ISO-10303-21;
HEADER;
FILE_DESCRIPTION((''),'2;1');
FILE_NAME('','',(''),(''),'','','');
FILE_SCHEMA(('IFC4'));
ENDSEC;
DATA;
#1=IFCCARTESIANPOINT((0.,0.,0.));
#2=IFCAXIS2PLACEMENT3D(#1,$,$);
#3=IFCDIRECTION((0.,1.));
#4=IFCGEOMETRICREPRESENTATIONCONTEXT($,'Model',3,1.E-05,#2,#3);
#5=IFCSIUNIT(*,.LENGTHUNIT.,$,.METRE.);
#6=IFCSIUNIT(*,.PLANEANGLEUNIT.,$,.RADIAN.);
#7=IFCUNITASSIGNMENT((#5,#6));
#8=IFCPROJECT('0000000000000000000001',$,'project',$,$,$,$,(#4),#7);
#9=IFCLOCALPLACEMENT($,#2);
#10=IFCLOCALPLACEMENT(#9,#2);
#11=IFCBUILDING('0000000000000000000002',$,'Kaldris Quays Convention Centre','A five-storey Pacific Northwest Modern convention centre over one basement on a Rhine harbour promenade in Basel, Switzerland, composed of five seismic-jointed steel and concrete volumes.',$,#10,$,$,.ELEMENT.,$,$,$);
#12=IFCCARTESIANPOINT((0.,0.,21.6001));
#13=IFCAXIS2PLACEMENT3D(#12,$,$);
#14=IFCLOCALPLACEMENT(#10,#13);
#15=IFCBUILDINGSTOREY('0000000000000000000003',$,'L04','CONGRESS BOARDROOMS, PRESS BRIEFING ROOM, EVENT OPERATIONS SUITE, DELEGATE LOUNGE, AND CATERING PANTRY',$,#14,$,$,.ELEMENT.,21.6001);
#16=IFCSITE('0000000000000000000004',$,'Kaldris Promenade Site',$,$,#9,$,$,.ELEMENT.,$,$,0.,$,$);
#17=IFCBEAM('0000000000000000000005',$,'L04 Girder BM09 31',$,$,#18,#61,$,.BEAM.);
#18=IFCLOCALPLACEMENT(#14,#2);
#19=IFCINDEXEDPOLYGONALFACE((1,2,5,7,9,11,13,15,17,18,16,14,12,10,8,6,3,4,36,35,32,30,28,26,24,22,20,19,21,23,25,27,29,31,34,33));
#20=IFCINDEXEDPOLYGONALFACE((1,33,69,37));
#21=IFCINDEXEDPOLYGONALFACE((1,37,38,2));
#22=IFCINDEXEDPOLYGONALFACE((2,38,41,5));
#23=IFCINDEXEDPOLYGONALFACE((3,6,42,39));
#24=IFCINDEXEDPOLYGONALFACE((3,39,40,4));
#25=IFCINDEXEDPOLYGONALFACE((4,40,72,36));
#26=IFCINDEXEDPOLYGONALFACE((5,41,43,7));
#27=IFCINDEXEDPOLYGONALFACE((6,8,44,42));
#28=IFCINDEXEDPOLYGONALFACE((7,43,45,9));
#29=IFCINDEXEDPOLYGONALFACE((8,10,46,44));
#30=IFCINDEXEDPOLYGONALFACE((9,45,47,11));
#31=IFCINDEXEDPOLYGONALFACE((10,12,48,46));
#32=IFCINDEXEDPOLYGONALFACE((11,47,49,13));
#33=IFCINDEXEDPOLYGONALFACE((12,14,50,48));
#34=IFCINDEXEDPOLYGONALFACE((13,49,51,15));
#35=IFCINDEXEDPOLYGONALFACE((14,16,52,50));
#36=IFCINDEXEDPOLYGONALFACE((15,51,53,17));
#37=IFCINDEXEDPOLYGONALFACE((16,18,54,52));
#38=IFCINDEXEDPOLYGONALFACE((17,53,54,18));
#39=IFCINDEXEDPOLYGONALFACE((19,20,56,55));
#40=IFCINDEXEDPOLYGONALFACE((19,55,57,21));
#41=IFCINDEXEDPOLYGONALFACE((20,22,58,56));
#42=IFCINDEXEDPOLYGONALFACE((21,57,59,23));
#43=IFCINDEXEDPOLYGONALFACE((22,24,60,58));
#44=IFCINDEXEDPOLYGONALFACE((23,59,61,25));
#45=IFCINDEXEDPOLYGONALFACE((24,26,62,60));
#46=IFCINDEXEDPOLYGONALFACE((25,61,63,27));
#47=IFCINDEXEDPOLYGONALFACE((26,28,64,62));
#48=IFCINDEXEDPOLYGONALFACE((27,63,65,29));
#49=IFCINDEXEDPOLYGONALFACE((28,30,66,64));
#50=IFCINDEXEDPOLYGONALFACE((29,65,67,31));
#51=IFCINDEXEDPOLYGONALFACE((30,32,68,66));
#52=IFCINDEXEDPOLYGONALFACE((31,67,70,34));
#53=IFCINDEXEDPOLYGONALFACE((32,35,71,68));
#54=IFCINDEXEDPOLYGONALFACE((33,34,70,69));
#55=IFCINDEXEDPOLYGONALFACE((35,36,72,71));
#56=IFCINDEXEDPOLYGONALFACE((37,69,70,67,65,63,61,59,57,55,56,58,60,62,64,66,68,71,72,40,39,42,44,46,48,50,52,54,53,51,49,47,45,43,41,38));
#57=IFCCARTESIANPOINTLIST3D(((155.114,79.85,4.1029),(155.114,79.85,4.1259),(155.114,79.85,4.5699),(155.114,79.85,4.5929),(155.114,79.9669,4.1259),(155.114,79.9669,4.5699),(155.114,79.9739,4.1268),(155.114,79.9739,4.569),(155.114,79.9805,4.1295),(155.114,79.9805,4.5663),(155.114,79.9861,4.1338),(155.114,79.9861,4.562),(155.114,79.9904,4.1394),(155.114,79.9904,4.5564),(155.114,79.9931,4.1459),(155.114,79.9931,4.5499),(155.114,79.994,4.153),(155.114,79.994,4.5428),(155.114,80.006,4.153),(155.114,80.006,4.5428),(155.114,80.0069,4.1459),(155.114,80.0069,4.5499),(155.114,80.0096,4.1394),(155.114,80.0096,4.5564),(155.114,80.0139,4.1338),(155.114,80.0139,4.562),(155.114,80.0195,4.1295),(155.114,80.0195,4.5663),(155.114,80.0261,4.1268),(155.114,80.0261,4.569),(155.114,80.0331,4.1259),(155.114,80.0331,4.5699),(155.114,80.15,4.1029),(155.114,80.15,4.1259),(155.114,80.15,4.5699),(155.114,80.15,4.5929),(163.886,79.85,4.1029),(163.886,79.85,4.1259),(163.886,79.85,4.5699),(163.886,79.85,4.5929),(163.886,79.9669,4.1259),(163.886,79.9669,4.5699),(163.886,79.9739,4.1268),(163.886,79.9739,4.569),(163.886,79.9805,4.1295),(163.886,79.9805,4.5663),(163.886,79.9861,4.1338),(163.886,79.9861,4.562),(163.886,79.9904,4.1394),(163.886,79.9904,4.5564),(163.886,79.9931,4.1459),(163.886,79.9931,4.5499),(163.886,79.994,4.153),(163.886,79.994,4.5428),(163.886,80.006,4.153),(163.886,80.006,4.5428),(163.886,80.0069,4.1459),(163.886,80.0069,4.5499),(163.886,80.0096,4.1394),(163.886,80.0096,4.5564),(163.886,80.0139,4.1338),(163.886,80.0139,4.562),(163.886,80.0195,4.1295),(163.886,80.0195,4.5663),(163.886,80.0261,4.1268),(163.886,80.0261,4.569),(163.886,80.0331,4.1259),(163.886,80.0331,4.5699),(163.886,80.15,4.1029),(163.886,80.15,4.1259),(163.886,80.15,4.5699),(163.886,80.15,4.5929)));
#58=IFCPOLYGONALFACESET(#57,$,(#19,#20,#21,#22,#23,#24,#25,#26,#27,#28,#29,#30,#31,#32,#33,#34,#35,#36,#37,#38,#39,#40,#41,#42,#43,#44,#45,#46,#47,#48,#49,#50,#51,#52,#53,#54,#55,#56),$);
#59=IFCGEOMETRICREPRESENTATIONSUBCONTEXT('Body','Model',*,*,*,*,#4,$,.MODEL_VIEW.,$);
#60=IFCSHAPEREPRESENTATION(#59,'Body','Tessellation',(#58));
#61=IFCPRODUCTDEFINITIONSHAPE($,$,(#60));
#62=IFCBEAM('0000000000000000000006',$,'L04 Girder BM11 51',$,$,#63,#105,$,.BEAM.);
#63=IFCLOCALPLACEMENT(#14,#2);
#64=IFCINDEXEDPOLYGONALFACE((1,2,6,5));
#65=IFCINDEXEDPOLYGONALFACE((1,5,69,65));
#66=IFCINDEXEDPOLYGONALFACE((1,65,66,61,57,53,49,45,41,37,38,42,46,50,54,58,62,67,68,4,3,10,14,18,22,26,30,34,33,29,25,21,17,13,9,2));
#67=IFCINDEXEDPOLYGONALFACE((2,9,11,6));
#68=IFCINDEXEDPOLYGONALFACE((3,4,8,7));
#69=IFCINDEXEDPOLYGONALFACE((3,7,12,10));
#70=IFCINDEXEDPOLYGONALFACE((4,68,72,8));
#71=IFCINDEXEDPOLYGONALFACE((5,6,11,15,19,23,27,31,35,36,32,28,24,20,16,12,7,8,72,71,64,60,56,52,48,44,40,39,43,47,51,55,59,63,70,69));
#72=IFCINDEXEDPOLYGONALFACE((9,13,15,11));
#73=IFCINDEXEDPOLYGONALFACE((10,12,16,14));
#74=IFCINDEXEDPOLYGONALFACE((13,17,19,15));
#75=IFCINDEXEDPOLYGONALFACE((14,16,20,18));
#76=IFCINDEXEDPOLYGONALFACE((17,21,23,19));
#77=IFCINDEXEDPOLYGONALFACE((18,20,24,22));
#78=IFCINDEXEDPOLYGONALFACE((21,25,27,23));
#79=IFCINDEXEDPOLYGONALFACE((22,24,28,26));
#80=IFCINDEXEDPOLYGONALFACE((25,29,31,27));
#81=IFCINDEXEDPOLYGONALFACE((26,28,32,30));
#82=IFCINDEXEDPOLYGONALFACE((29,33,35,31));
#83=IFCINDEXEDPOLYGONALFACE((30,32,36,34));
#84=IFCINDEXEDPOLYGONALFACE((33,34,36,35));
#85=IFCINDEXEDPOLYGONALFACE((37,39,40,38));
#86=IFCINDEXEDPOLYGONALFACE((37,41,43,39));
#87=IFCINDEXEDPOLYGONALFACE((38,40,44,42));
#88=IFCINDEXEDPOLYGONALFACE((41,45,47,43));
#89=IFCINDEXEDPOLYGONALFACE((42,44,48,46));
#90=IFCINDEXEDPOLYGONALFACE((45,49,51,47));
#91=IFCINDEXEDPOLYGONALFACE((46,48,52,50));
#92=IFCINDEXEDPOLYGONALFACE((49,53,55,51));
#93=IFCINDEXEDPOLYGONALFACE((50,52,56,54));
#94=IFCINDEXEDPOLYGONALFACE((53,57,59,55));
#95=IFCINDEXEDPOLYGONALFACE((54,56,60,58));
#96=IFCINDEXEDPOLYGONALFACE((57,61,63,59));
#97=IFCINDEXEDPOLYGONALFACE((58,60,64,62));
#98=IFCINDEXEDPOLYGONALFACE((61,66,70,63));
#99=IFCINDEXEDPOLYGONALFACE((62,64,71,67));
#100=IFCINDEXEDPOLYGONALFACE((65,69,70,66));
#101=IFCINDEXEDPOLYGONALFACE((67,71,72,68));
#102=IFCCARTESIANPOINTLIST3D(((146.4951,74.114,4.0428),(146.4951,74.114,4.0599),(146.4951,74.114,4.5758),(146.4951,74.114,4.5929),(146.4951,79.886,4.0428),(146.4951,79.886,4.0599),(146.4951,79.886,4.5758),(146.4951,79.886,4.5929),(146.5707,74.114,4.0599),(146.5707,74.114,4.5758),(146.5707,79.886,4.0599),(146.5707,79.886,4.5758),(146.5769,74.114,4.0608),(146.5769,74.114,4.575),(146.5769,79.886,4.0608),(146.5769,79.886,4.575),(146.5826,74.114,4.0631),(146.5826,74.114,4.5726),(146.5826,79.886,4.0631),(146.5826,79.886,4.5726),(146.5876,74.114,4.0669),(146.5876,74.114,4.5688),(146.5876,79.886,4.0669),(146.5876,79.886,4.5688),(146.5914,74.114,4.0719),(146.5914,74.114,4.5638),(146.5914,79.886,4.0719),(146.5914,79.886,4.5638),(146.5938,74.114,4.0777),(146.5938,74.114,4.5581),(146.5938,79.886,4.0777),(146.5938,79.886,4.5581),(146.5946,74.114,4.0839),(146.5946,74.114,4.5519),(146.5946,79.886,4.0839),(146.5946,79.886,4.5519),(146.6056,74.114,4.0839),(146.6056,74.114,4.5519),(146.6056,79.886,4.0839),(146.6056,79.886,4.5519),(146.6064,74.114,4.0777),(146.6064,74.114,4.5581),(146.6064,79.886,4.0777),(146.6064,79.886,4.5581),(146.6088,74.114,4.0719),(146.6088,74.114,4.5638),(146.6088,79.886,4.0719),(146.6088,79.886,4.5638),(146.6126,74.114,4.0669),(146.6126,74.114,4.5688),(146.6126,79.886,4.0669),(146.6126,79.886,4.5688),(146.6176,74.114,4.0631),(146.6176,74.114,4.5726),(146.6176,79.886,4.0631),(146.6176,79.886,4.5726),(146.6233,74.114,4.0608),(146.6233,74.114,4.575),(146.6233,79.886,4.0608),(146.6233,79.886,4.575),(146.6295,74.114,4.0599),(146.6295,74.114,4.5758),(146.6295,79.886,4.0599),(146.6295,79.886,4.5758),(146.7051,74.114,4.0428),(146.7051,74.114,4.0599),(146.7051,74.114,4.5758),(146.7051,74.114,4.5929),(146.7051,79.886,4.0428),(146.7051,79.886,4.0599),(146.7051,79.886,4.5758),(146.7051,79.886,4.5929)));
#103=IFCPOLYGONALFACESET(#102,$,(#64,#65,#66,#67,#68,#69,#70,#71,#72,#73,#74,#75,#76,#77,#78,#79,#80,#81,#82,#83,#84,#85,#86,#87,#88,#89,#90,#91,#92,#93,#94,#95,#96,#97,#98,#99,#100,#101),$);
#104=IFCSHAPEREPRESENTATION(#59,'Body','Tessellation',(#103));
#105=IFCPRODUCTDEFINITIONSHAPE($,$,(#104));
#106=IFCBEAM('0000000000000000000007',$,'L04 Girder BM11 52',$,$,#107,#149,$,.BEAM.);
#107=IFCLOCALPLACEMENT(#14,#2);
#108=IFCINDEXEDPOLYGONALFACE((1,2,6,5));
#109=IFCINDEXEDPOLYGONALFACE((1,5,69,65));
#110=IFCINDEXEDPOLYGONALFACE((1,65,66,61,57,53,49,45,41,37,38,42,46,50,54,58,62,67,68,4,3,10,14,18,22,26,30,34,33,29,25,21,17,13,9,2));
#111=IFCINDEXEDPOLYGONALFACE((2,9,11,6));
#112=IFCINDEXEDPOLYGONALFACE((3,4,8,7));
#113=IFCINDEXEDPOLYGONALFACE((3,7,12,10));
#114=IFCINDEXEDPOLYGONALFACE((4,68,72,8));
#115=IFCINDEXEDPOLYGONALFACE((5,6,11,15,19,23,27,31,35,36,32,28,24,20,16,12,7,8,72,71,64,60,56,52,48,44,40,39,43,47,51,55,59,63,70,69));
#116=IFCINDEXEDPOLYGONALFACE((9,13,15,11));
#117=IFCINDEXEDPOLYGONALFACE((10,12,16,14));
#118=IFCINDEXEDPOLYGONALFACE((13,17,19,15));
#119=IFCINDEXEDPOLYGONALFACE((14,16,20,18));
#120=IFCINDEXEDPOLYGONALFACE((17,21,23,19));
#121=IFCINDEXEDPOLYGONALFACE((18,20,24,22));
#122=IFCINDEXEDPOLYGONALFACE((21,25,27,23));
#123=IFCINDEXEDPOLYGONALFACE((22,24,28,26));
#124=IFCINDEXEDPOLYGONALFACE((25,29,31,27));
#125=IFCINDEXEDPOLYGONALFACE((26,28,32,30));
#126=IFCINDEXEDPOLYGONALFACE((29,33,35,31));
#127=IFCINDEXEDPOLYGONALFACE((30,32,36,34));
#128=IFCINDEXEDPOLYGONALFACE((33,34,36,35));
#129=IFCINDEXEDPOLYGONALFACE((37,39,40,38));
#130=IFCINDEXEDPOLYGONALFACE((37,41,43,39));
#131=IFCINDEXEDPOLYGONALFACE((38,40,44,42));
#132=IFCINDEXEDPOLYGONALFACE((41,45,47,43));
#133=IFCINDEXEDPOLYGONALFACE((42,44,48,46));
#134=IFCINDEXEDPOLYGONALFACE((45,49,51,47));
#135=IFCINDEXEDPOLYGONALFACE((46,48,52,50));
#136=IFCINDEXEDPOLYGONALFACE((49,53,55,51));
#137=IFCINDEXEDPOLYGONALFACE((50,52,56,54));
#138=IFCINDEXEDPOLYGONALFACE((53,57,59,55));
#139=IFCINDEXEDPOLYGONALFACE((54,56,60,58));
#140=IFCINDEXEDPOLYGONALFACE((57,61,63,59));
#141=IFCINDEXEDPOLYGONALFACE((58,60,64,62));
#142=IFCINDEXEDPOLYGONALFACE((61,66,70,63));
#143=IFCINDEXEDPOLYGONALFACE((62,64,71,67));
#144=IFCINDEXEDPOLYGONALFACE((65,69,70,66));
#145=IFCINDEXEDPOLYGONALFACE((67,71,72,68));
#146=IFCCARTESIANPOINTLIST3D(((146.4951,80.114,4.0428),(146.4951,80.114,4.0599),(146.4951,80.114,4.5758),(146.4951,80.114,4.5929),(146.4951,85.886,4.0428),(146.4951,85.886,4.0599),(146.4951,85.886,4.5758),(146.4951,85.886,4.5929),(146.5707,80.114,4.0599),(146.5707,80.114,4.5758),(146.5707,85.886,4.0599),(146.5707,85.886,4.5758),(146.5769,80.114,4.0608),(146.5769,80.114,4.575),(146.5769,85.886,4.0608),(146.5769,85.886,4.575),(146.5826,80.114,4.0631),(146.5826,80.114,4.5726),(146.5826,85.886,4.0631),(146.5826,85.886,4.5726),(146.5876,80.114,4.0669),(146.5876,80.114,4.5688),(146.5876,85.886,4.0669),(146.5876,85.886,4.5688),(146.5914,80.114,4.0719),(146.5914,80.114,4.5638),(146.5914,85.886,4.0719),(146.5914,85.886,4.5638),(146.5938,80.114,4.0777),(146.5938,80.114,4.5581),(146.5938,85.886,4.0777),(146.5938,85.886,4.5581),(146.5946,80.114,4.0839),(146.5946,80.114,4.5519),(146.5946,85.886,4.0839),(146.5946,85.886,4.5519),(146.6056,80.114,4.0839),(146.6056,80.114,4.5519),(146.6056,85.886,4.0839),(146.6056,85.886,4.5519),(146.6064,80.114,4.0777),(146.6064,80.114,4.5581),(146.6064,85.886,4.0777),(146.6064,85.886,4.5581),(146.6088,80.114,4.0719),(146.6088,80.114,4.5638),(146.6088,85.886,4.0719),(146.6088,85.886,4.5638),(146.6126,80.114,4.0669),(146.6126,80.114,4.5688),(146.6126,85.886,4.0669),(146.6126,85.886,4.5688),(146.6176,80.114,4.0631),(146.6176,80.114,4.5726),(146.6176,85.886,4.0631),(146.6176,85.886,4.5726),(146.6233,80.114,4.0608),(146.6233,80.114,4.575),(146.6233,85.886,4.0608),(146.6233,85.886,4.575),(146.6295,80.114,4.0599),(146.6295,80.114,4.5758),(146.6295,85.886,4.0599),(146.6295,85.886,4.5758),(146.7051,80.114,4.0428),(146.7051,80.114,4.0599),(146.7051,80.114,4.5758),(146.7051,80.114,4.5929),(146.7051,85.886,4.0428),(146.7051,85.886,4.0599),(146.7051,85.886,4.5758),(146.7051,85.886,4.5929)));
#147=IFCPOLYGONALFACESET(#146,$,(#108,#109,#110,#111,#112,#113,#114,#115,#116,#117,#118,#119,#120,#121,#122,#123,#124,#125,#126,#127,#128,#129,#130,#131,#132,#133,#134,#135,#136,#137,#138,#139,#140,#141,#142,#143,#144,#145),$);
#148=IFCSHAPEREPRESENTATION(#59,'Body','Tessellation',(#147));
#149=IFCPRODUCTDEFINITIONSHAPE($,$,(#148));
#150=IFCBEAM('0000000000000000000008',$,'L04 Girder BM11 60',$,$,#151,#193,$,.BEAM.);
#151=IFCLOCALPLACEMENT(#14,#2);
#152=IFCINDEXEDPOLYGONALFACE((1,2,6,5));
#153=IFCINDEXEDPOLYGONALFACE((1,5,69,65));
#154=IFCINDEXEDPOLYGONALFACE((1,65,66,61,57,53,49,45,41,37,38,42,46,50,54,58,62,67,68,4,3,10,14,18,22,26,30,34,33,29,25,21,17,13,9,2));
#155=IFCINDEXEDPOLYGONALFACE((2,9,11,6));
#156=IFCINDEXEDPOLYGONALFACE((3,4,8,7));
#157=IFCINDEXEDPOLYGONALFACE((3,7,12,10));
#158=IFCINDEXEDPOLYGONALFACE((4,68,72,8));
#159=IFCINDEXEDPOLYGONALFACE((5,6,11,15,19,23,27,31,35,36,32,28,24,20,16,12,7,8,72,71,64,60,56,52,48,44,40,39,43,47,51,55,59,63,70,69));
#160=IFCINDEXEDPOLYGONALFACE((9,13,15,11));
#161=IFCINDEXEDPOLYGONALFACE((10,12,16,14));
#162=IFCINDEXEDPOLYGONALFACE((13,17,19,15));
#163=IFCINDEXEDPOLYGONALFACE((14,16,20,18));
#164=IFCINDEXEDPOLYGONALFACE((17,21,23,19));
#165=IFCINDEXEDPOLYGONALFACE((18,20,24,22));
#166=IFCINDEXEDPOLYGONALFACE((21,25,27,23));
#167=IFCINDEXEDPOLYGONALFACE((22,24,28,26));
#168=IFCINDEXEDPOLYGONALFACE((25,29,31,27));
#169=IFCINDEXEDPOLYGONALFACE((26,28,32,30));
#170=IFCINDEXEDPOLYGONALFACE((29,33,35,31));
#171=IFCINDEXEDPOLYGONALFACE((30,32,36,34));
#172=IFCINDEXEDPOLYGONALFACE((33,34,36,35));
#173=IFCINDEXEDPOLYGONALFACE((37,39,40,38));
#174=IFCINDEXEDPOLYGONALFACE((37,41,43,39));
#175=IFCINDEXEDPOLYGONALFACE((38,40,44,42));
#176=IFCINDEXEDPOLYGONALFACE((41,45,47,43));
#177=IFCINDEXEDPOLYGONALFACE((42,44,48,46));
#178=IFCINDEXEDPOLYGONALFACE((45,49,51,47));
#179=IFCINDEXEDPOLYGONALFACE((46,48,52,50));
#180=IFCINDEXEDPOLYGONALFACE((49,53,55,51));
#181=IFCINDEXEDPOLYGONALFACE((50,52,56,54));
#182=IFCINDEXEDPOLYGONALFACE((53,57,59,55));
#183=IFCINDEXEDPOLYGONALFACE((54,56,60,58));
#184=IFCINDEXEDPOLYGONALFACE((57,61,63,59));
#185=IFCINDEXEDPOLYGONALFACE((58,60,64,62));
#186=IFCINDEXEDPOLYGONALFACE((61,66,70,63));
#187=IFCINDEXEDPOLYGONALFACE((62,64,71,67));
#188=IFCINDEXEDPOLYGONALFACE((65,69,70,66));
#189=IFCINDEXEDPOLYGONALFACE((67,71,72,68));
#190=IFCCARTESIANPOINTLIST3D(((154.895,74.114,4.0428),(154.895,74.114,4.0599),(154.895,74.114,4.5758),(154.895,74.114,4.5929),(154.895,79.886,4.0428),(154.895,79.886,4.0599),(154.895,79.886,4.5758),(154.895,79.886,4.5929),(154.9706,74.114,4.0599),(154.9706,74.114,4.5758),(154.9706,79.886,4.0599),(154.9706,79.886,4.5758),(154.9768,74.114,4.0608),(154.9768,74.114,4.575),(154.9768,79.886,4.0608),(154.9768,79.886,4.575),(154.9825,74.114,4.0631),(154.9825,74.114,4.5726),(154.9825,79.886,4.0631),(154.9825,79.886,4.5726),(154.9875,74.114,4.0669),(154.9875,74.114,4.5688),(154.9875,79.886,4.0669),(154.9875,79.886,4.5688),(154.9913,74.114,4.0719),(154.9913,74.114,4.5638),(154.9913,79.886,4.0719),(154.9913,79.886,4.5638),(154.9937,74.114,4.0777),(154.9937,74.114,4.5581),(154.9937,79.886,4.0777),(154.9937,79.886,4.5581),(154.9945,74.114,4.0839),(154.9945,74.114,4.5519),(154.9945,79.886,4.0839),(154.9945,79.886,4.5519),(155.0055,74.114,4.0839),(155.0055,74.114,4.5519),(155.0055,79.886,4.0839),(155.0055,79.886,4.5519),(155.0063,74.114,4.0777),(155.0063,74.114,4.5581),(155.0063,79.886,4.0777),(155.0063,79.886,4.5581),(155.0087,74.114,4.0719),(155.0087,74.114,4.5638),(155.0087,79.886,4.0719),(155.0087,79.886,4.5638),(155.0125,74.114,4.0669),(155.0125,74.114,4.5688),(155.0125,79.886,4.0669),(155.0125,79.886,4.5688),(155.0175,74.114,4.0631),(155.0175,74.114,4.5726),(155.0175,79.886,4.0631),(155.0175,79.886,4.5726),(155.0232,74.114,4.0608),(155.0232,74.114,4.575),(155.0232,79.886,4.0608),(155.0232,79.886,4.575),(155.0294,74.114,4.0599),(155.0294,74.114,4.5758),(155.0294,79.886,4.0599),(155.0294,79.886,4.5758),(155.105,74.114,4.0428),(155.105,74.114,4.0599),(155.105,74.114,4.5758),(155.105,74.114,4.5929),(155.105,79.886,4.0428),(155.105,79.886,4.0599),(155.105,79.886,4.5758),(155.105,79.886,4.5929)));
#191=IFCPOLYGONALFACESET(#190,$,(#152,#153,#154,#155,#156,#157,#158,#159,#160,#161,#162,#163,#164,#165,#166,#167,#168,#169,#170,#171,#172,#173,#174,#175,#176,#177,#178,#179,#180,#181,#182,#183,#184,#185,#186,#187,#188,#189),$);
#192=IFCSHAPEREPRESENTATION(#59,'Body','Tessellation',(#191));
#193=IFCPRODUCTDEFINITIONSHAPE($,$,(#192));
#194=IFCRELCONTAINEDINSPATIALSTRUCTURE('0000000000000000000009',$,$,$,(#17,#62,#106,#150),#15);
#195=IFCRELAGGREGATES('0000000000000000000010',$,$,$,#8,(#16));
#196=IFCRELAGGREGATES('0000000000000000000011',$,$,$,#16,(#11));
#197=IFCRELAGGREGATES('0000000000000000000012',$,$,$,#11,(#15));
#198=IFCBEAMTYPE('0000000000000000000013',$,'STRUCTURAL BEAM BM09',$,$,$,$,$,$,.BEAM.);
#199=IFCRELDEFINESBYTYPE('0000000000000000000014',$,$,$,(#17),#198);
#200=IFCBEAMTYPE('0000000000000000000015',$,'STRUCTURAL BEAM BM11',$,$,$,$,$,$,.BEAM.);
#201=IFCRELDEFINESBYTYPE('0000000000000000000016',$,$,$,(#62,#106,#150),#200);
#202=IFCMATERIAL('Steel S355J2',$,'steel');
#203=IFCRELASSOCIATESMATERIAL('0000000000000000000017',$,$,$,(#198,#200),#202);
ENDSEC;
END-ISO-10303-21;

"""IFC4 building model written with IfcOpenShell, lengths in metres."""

from ifc_helpers import new_model, si_unit, direction, frame, origin, origin_2d, place, context, subcontext, project, spatial, i_section, extrude, material, material_profile, profile_set, type_object, element, save


model = new_model("IFC4")

# Units and contexts
model_context = context("Model", 3, precision=1e-05, world=origin(), true_north=direction((0.0, 1.0)))
body_context = subcontext(model_context, "Body", "Model", "MODEL_VIEW")
ifc_project = project(units=[si_unit("LENGTHUNIT", "METRE"), si_unit("PLANEANGLEUNIT", "RADIAN")], contexts=[model_context])

# Site, building, storey
site_placement = place(None, origin())
site = spatial("IfcSite", under=ifc_project, at=site_placement, Name="Kaldris Promenade Site", CompositionType="ELEMENT", RefElevation=0.0)
building_placement = place(site_placement, origin())
building = spatial("IfcBuilding", under=site, at=building_placement, Name="Kaldris Quays Convention Centre", Description="A five-storey Pacific Northwest Modern convention centre over one basement on a Rhine harbour promenade in Basel, Switzerland, composed of five seismic-jointed steel and concrete volumes.", CompositionType="ELEMENT")
storey_placement = place(building_placement, frame((0.0, 0.0, 21.6001)))
storey = spatial("IfcBuildingStorey", under=building, at=storey_placement, Name="L04", Description="CONGRESS BOARDROOMS, PRESS BRIEFING ROOM, EVENT OPERATIONS SUITE, DELEGATE LOUNGE, AND CATERING PANTRY", CompositionType="ELEMENT", Elevation=21.6001)

# Shared definitions
ifc_material_1 = material(Name="Steel S355J2", Category="steel")

# Beams
ifc_material_profile_1 = material_profile(ifc_material_1, i_section(OverallWidth=0.3, OverallDepth=0.49, WebThickness=0.012, FlangeThickness=0.0229, FilletRadius=0.0271, at=origin_2d()), Name="HEA 500")
ifc_profile_set_1 = profile_set([ifc_material_profile_1], Name="Steel S355J2")
beam_type_1 = type_object("IfcBeamType", Name="STRUCTURAL BEAM BM09", PredefinedType="BEAM", material=ifc_profile_set_1)
for number, where, z_axis, x_axis, name in (
    (1, (155.114, 80.0, 4.3479), (1.0, 0.0, 0.0), (0.0, 1.0, 0.0), "L04 Girder BM09 31"),
):
    element("IfcBeam", number, at=place(storey_placement, frame(where, z_axis=z_axis, x_axis=x_axis)), inside=storey, type_object=beam_type_1, Name=name, PredefinedType="BEAM", context=body_context, shape_type="SweptSolid", body=[
        extrude(i_section(OverallWidth=0.3, OverallDepth=0.49, WebThickness=0.012, FlangeThickness=0.0229, FilletRadius=0.0271, at=origin_2d()), origin(), (0.0, 0.0, 1.0), 8.772),
    ])
ifc_material_profile_2 = material_profile(ifc_material_1, i_section(OverallWidth=0.21, OverallDepth=0.55, WebThickness=0.011, FlangeThickness=0.0171, FilletRadius=0.0239, at=origin_2d()), Name="IPE 550")
ifc_profile_set_2 = profile_set([ifc_material_profile_2], Name="Steel S355J2")
beam_type_2 = type_object("IfcBeamType", Name="STRUCTURAL BEAM BM11", PredefinedType="BEAM", material=ifc_profile_set_2)
for number, where, z_axis, x_axis, name in (
    (2, (146.6001, 74.114, 4.3179), (0.0, 1.0, 0.0), (-1.0, 0.0, 0.0), "L04 Girder BM11 51"),
    (3, (146.6001, 80.114, 4.3179), (0.0, 1.0, 0.0), (-1.0, 0.0, 0.0), "L04 Girder BM11 52"),
    (4, (155.0, 74.114, 4.3179), (0.0, 1.0, 0.0), (-1.0, 0.0, 0.0), "L04 Girder BM11 60"),
):
    element("IfcBeam", number, at=place(storey_placement, frame(where, z_axis=z_axis, x_axis=x_axis)), inside=storey, type_object=beam_type_2, Name=name, PredefinedType="BEAM", context=body_context, shape_type="SweptSolid", body=[
        extrude(i_section(OverallWidth=0.21, OverallDepth=0.55, WebThickness=0.011, FlangeThickness=0.0171, FilletRadius=0.0239, at=origin_2d()), origin(), (0.0, 0.0, 1.0), 5.772),
    ])

save(model, "model.ifc")
